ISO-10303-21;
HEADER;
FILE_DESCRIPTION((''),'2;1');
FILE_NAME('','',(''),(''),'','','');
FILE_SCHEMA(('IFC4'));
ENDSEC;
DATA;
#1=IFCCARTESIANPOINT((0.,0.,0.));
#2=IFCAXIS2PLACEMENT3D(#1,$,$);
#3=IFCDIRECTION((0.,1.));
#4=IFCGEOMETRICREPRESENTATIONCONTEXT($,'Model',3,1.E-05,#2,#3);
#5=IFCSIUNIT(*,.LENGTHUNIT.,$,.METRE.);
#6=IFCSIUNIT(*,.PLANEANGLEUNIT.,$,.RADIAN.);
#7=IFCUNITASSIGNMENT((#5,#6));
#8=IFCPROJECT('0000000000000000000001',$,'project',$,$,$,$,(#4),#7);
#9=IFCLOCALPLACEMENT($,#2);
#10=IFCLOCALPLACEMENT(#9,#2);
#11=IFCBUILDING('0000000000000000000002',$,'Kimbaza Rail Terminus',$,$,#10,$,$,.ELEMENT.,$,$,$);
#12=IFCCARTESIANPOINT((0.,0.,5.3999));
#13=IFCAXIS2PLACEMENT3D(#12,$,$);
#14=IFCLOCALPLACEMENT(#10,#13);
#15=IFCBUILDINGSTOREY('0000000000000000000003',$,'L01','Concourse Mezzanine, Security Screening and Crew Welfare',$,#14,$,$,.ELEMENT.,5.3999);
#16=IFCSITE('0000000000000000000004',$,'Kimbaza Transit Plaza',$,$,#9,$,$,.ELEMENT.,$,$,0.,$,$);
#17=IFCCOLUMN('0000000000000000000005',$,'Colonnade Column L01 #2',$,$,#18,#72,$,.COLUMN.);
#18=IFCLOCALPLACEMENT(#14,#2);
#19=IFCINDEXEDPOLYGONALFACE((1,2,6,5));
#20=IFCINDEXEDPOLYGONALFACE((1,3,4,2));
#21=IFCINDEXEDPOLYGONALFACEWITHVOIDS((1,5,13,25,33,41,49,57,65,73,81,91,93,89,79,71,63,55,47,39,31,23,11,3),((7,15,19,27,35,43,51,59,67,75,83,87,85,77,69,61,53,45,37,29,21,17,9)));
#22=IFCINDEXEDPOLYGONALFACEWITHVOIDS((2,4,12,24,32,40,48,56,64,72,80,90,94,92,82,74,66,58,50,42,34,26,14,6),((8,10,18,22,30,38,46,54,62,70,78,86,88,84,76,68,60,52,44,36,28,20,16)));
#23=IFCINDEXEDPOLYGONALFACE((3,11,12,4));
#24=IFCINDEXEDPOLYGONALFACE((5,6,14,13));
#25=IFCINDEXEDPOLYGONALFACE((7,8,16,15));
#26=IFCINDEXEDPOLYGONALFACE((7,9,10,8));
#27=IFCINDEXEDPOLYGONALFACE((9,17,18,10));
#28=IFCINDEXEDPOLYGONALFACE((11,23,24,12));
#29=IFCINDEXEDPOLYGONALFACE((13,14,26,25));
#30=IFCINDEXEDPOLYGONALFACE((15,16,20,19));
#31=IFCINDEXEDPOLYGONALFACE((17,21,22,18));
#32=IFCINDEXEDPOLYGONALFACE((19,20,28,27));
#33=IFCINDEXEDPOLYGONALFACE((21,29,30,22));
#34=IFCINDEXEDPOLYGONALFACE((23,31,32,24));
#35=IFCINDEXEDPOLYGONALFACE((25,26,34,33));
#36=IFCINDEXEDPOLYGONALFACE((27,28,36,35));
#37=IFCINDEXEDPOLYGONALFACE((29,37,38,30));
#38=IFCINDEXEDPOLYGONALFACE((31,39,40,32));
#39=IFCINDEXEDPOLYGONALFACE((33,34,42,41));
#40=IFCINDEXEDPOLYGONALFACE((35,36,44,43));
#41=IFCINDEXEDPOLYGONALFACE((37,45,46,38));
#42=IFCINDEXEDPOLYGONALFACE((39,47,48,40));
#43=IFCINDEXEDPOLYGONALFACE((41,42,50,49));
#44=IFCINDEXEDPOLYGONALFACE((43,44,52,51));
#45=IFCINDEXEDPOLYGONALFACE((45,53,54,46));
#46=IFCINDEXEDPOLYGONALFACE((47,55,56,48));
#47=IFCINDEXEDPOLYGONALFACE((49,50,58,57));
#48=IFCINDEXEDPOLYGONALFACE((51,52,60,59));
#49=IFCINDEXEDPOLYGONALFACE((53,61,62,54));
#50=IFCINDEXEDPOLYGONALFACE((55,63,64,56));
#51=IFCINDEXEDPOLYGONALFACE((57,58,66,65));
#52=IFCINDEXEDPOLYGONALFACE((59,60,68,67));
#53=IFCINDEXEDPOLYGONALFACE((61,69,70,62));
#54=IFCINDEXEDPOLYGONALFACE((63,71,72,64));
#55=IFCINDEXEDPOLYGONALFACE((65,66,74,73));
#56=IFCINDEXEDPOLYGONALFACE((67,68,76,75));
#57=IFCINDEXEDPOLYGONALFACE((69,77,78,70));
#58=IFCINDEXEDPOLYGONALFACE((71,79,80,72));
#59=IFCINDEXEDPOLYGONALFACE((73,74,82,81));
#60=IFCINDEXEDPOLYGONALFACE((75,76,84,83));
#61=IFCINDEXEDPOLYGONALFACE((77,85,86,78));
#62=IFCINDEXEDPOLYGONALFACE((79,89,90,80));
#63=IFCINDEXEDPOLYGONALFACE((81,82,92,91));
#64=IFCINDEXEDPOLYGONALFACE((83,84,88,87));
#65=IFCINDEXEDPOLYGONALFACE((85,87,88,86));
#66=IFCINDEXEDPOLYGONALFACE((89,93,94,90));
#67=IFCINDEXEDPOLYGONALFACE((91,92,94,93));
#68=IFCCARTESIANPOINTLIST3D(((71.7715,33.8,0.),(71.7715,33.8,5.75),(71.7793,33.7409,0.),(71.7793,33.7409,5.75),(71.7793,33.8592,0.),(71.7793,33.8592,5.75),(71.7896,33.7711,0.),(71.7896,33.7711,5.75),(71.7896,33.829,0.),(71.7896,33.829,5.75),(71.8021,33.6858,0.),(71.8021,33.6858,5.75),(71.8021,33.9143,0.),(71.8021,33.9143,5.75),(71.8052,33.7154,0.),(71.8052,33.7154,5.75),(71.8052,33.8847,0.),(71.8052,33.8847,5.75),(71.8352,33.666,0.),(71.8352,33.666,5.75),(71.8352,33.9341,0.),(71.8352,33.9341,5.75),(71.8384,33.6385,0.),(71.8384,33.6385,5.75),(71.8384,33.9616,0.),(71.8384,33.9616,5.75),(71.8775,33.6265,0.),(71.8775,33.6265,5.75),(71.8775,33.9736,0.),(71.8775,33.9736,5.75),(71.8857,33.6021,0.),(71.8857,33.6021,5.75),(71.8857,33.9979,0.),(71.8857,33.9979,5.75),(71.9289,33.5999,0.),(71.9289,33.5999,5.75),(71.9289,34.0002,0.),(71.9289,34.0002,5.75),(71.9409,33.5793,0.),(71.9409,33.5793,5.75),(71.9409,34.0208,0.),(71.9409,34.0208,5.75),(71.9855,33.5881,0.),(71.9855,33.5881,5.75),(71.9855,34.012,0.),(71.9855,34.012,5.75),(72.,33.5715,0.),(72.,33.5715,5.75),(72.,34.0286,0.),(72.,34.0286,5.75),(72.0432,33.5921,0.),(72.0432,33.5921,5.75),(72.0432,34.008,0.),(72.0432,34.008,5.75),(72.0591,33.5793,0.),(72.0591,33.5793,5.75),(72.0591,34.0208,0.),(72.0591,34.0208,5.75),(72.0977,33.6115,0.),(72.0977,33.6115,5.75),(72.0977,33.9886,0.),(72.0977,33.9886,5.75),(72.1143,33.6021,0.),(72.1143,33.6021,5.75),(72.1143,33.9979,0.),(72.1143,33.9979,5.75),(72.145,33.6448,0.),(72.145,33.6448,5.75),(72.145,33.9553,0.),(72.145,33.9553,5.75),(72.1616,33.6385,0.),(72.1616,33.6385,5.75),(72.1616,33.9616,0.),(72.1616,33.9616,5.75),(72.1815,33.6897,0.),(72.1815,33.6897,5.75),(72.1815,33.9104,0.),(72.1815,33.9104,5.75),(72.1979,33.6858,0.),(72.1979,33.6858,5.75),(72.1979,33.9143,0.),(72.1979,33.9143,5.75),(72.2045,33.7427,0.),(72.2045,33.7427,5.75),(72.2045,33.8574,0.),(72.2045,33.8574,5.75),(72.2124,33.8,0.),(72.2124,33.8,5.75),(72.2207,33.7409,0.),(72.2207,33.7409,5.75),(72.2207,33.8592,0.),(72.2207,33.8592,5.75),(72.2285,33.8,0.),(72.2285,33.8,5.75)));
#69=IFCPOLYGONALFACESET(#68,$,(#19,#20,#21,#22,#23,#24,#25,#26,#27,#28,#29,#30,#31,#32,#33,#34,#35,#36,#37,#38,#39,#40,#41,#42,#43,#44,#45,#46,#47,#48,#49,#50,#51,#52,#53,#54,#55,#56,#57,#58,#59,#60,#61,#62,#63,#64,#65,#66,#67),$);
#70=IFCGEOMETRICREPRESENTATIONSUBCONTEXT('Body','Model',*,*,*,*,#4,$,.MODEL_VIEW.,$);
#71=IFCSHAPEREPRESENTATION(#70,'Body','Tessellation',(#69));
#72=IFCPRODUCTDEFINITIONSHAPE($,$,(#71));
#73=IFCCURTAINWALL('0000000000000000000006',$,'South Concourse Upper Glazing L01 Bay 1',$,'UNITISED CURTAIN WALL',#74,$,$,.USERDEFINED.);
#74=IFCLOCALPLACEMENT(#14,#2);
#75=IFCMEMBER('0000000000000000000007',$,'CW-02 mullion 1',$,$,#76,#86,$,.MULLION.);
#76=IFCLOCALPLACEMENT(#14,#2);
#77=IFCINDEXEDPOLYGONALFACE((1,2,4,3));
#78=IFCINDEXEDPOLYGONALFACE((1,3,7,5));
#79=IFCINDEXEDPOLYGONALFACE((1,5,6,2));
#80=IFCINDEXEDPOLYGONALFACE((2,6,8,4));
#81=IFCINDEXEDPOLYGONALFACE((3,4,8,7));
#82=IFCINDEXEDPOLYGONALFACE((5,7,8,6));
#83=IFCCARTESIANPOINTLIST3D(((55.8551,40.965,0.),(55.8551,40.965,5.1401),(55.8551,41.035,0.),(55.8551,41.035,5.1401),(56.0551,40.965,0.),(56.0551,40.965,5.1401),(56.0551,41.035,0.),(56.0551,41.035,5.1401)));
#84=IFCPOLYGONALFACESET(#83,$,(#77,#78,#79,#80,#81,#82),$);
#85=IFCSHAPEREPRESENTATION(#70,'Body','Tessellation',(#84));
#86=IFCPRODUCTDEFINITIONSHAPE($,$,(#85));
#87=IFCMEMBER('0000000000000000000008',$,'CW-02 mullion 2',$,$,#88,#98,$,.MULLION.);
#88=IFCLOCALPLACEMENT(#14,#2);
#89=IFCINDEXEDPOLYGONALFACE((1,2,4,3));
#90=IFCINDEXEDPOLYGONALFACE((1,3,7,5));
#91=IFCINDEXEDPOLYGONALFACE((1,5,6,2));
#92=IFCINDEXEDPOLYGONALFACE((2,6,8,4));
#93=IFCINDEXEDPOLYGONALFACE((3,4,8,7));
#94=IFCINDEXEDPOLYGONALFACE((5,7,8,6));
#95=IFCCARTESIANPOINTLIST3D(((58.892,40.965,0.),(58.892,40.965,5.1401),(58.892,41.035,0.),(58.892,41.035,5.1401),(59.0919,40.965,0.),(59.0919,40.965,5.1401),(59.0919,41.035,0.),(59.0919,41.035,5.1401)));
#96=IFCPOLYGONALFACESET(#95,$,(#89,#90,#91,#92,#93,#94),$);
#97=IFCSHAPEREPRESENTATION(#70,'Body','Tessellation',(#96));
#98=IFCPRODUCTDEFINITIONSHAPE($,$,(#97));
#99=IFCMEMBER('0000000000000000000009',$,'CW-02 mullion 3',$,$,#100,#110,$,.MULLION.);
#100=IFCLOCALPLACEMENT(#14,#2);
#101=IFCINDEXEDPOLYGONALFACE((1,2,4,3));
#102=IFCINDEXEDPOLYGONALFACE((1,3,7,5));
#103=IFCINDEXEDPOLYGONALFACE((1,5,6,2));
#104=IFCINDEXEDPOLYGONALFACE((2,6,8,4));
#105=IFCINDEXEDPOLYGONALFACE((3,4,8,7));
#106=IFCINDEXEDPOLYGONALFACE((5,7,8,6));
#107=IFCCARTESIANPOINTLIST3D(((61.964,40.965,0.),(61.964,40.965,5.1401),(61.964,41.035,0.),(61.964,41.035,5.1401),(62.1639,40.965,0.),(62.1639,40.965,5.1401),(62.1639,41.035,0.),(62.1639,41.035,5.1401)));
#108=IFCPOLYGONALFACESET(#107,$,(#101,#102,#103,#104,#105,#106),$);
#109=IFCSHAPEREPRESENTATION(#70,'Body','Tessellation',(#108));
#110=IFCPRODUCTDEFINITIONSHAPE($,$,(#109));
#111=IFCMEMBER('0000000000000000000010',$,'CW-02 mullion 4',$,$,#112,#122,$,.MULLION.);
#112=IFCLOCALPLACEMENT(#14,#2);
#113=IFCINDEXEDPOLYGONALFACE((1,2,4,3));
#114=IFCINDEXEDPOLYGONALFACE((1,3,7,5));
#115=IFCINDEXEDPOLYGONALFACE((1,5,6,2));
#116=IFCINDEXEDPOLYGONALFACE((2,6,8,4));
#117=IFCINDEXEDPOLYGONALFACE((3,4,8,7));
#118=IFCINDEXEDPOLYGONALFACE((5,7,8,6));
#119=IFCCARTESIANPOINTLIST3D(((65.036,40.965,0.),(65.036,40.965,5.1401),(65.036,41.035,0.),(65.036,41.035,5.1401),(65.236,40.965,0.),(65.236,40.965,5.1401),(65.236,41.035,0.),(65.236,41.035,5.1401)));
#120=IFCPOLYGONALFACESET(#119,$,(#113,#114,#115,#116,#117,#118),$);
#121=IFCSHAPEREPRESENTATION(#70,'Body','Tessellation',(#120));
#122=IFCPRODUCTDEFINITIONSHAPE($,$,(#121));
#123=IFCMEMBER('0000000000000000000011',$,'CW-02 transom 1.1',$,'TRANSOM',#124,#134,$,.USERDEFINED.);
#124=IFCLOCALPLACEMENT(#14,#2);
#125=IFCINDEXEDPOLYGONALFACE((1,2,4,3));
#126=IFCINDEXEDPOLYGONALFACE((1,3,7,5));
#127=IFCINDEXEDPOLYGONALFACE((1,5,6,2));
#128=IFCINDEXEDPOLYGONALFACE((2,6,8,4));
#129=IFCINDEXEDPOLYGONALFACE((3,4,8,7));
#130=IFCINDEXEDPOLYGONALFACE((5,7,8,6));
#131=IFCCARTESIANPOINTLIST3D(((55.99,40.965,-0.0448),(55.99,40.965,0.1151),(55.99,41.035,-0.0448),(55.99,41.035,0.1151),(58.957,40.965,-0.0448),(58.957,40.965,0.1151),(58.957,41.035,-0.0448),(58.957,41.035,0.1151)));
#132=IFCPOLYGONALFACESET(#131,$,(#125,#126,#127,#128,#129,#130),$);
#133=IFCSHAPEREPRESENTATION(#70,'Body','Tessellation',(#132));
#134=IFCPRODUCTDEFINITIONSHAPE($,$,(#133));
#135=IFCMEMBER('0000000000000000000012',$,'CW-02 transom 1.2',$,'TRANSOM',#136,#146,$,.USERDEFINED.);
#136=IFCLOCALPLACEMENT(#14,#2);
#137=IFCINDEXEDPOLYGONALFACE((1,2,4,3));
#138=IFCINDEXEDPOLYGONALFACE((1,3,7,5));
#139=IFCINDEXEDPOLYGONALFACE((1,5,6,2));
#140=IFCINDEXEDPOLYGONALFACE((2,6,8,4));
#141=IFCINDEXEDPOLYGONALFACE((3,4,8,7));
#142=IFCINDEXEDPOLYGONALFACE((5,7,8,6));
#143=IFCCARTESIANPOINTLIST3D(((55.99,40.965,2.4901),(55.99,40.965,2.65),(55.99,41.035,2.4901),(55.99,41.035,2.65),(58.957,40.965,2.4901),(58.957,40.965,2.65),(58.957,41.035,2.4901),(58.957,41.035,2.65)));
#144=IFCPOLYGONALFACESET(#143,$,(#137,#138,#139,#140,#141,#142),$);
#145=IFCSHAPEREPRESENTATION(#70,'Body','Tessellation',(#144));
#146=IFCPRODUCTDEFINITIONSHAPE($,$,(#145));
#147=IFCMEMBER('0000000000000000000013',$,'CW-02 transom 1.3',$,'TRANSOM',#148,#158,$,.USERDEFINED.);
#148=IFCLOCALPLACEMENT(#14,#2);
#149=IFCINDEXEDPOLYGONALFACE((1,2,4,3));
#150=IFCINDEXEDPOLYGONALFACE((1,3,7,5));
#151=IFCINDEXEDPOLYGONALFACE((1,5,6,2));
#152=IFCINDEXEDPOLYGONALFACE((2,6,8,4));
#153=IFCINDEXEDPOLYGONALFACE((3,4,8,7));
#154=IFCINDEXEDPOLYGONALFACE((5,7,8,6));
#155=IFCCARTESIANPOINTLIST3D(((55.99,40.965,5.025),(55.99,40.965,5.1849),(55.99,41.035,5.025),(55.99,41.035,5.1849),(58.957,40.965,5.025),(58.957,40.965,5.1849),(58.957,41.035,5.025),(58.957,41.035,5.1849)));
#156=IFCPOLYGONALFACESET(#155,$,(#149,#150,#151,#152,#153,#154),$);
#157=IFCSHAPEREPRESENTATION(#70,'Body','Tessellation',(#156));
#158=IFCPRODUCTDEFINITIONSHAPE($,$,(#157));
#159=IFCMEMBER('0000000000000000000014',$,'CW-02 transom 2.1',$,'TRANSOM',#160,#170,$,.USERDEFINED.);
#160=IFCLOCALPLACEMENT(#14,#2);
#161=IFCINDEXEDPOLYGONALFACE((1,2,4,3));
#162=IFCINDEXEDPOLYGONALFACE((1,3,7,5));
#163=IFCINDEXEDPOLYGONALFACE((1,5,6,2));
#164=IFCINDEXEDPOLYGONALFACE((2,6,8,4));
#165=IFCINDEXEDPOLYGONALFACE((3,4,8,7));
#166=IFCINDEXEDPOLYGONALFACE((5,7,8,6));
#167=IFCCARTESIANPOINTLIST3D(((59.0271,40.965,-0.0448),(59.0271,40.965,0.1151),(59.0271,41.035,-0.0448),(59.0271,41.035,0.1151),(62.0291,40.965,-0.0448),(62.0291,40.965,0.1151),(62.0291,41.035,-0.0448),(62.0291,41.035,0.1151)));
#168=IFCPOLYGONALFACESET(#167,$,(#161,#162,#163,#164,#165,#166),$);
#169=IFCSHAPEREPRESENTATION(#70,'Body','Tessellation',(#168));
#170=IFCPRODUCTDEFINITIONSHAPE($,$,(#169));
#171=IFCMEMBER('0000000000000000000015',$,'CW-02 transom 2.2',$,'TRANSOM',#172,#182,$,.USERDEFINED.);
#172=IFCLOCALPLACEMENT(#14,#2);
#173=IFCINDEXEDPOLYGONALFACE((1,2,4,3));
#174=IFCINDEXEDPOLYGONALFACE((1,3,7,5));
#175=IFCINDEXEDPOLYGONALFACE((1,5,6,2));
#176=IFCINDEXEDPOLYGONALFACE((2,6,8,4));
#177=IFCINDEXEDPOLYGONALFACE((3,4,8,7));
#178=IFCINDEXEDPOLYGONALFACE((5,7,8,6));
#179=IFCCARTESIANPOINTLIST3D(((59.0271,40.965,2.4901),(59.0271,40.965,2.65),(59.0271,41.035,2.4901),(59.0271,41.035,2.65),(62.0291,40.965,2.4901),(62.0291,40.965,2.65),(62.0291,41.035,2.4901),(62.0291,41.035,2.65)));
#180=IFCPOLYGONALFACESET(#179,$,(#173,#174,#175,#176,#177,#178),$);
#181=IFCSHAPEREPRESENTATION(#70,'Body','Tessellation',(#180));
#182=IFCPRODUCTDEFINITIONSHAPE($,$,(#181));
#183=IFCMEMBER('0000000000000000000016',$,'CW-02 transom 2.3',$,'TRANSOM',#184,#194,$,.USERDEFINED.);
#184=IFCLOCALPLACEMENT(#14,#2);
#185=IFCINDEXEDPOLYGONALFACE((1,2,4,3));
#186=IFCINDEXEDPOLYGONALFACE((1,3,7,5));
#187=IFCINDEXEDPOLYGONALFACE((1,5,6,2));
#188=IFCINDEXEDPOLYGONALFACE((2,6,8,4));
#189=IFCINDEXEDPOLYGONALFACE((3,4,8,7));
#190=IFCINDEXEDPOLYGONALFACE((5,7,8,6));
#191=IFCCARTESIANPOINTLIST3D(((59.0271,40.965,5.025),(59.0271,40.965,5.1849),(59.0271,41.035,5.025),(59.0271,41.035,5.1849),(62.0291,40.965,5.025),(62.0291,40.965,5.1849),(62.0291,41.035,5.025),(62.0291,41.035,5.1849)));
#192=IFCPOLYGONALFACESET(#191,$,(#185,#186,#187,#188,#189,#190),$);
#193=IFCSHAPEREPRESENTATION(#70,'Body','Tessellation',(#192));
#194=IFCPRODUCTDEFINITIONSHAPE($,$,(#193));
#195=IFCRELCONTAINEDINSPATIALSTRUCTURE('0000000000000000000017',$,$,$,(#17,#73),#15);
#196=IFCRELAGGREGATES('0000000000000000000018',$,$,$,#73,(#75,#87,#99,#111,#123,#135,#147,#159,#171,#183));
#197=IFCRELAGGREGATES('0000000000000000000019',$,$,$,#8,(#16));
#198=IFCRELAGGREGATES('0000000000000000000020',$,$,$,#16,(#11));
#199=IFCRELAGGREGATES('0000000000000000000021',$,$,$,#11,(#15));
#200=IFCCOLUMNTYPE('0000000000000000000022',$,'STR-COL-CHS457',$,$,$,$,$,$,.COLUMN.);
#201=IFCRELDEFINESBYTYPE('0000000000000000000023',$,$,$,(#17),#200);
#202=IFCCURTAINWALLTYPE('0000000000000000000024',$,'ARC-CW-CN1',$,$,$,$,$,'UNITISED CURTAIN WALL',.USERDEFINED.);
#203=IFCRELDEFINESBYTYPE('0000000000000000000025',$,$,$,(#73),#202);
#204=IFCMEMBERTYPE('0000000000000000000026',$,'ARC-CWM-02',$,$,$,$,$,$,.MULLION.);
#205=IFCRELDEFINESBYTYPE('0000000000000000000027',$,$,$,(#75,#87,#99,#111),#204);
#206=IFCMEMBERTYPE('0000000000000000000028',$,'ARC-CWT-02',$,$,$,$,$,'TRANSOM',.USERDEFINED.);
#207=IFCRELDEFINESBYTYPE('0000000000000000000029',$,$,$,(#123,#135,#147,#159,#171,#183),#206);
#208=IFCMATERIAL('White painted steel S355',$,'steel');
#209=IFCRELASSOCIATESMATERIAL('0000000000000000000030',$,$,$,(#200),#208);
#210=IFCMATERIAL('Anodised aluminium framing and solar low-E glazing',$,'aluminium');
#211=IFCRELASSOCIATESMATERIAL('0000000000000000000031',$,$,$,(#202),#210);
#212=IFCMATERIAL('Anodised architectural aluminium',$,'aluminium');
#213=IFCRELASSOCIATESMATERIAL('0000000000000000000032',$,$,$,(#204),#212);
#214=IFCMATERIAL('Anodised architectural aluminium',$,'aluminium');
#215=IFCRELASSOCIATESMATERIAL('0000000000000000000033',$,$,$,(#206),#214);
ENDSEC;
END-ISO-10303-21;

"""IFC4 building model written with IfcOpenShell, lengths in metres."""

from ifc_helpers import new_model, si_unit, direction, frame, origin, origin_2d, place, context, subcontext, project, spatial, rectangle, hollow_circle, extrude, material, material_profile, profile_set, type_object, element, aggregate, save


model = new_model("IFC4")

# Units and contexts
model_context = context("Model", 3, precision=1e-05, world=origin(), true_north=direction((0.0, 1.0)))
body_context = subcontext(model_context, "Body", "Model", "MODEL_VIEW")
ifc_project = project(units=[si_unit("LENGTHUNIT", "METRE"), si_unit("PLANEANGLEUNIT", "RADIAN")], contexts=[model_context])

# Site, building, storey
site_placement = place(None, origin())
site = spatial("IfcSite", under=ifc_project, at=site_placement, Name="Kimbaza Transit Plaza", CompositionType="ELEMENT", RefElevation=0.0)
building_placement = place(site_placement, origin())
building = spatial("IfcBuilding", under=site, at=building_placement, Name="Kimbaza Rail Terminus", CompositionType="ELEMENT")
storey_placement = place(building_placement, frame((0.0, 0.0, 5.3999)))
storey = spatial("IfcBuildingStorey", under=building, at=storey_placement, Name="L01", Description="Concourse Mezzanine, Security Screening and Crew Welfare", CompositionType="ELEMENT", Elevation=5.3999)

# Column
ifc_material_1 = material(Name="White painted steel S355", Category="steel")
ifc_material_profile_1 = material_profile(ifc_material_1, hollow_circle(Radius=0.2285, WallThickness=0.0161, at=origin_2d()), Name="CHS 457x16")
ifc_profile_set_1 = profile_set([ifc_material_profile_1], Name="White painted steel S355")
column_type = type_object("IfcColumnType", Name="STR-COL-CHS457", PredefinedType="COLUMN", material=ifc_profile_set_1)
column_placement = place(storey_placement, frame((72.0, 33.8, 0.0), z_axis=(0.0, 0.0, 1.0), x_axis=(1.0, 0.0, 0.0)))
element("IfcColumn", 1, at=column_placement, inside=storey, type_object=column_type, Name="Colonnade Column L01 #2", PredefinedType="COLUMN", context=body_context, shape_type="SweptSolid", body=[
    extrude(hollow_circle(Radius=0.2285, WallThickness=0.0161, at=origin_2d()), origin(), (0.0, 0.0, 1.0), 5.75),
])

# Curtain wall, members
ifc_material_2 = material(Name="Anodised aluminium framing and solar low-E glazing", Category="aluminium")
curtain_wall_type = type_object("IfcCurtainWallType", Name="ARC-CW-CN1", ElementType="UNITISED CURTAIN WALL", PredefinedType="USERDEFINED", material=ifc_material_2)
curtain_wall_placement = place(storey_placement, origin())
curtain_wall = element("IfcCurtainWall", 2, at=curtain_wall_placement, inside=storey, type_object=curtain_wall_type, Name="South Concourse Upper Glazing L01 Bay 1", ObjectType="UNITISED CURTAIN WALL", PredefinedType="USERDEFINED")
ifc_material_3 = material(Name="Anodised architectural aluminium", Category="aluminium")
ifc_material_profile_2 = material_profile(ifc_material_3, rectangle(XDim=0.0701, YDim=0.2, at=origin_2d()), Name="MULLION 70x200")
ifc_profile_set_2 = profile_set([ifc_material_profile_2], Name="Anodised architectural aluminium")
member_type_1 = type_object("IfcMemberType", Name="ARC-CWM-02", PredefinedType="MULLION", material=ifc_profile_set_2)
member_1_placement = place(storey_placement, frame((55.9551, 41.0, 0.0), z_axis=(0.0, 0.0, 1.0), x_axis=(0.0, 1.0, 0.0)))
member_1 = element("IfcMember", 3, at=member_1_placement, type_object=member_type_1, Name="CW-02 mullion 1", PredefinedType="MULLION", context=body_context, shape_type="SweptSolid", body=[
    extrude(rectangle(XDim=0.0701, YDim=0.2, at=origin_2d()), origin(), (0.0, 0.0, 1.0), 5.1401),
])
member_2_placement = place(storey_placement, frame((58.9919, 41.0, 0.0), z_axis=(0.0, 0.0, 1.0), x_axis=(0.0, 1.0, 0.0)))
member_2 = element("IfcMember", 4, at=member_2_placement, type_object=member_type_1, Name="CW-02 mullion 2", PredefinedType="MULLION", context=body_context, shape_type="SweptSolid", body=[
    extrude(rectangle(XDim=0.0701, YDim=0.2, at=origin_2d()), origin(), (0.0, 0.0, 1.0), 5.1401),
])
member_3_placement = place(storey_placement, frame((62.064, 41.0, 0.0), z_axis=(0.0, 0.0, 1.0), x_axis=(0.0, 1.0, 0.0)))
member_3 = element("IfcMember", 5, at=member_3_placement, type_object=member_type_1, Name="CW-02 mullion 3", PredefinedType="MULLION", context=body_context, shape_type="SweptSolid", body=[
    extrude(rectangle(XDim=0.0701, YDim=0.2, at=origin_2d()), origin(), (0.0, 0.0, 1.0), 5.1401),
])
member_4_placement = place(storey_placement, frame((65.136, 41.0, 0.0), z_axis=(0.0, 0.0, 1.0), x_axis=(0.0, 1.0, 0.0)))
member_4 = element("IfcMember", 6, at=member_4_placement, type_object=member_type_1, Name="CW-02 mullion 4", PredefinedType="MULLION", context=body_context, shape_type="SweptSolid", body=[
    extrude(rectangle(XDim=0.0701, YDim=0.2, at=origin_2d()), origin(), (0.0, 0.0, 1.0), 5.1401),
])
ifc_material_4 = material(Name="Anodised architectural aluminium", Category="aluminium")
ifc_material_profile_3 = material_profile(ifc_material_4, rectangle(XDim=0.0701, YDim=0.1599, at=origin_2d()), Name="TRANSOM 70x160")
ifc_profile_set_3 = profile_set([ifc_material_profile_3], Name="Anodised architectural aluminium")
member_type_2 = type_object("IfcMemberType", Name="ARC-CWT-02", ElementType="TRANSOM", PredefinedType="USERDEFINED", material=ifc_profile_set_3)
member_5_placement = place(storey_placement, frame((55.99, 41.0, 0.0352), z_axis=(1.0, 0.0, 0.0), x_axis=(0.0, 1.0, 0.0)))
member_5 = element("IfcMember", 7, at=member_5_placement, type_object=member_type_2, Name="CW-02 transom 1.1", ObjectType="TRANSOM", PredefinedType="USERDEFINED", context=body_context, shape_type="SweptSolid", body=[
    extrude(rectangle(XDim=0.0701, YDim=0.1599, at=origin_2d()), origin(), (0.0, 0.0, 1.0), 2.967),
])
member_6_placement = place(storey_placement, frame((55.99, 41.0, 2.5701), z_axis=(1.0, 0.0, 0.0), x_axis=(0.0, 1.0, 0.0)))
member_6 = element("IfcMember", 8, at=member_6_placement, type_object=member_type_2, Name="CW-02 transom 1.2", ObjectType="TRANSOM", PredefinedType="USERDEFINED", context=body_context, shape_type="SweptSolid", body=[
    extrude(rectangle(XDim=0.0701, YDim=0.1599, at=origin_2d()), origin(), (0.0, 0.0, 1.0), 2.967),
])
member_7_placement = place(storey_placement, frame((55.99, 41.0, 5.105), z_axis=(1.0, 0.0, 0.0), x_axis=(0.0, 1.0, 0.0)))
member_7 = element("IfcMember", 9, at=member_7_placement, type_object=member_type_2, Name="CW-02 transom 1.3", ObjectType="TRANSOM", PredefinedType="USERDEFINED", context=body_context, shape_type="SweptSolid", body=[
    extrude(rectangle(XDim=0.0701, YDim=0.1599, at=origin_2d()), origin(), (0.0, 0.0, 1.0), 2.967),
])
member_8_placement = place(storey_placement, frame((59.0271, 41.0, 0.0352), z_axis=(1.0, 0.0, 0.0), x_axis=(0.0, 1.0, 0.0)))
member_8 = element("IfcMember", 10, at=member_8_placement, type_object=member_type_2, Name="CW-02 transom 2.1", ObjectType="TRANSOM", PredefinedType="USERDEFINED", context=body_context, shape_type="SweptSolid", body=[
    extrude(rectangle(XDim=0.0701, YDim=0.1599, at=origin_2d()), origin(), (0.0, 0.0, 1.0), 3.002),
])
member_9_placement = place(storey_placement, frame((59.0271, 41.0, 2.5701), z_axis=(1.0, 0.0, 0.0), x_axis=(0.0, 1.0, 0.0)))
member_9 = element("IfcMember", 11, at=member_9_placement, type_object=member_type_2, Name="CW-02 transom 2.2", ObjectType="TRANSOM", PredefinedType="USERDEFINED", context=body_context, shape_type="SweptSolid", body=[
    extrude(rectangle(XDim=0.0701, YDim=0.1599, at=origin_2d()), origin(), (0.0, 0.0, 1.0), 3.002),
])
member_10_placement = place(storey_placement, frame((59.0271, 41.0, 5.105), z_axis=(1.0, 0.0, 0.0), x_axis=(0.0, 1.0, 0.0)))
member_10 = element("IfcMember", 12, at=member_10_placement, type_object=member_type_2, Name="CW-02 transom 2.3", ObjectType="TRANSOM", PredefinedType="USERDEFINED", context=body_context, shape_type="SweptSolid", body=[
    extrude(rectangle(XDim=0.0701, YDim=0.1599, at=origin_2d()), origin(), (0.0, 0.0, 1.0), 3.002),
])

aggregate(curtain_wall, [member_1, member_2, member_3, member_4, member_5, member_6, member_7, member_8, member_9, member_10])

save(model, "model.ifc")
